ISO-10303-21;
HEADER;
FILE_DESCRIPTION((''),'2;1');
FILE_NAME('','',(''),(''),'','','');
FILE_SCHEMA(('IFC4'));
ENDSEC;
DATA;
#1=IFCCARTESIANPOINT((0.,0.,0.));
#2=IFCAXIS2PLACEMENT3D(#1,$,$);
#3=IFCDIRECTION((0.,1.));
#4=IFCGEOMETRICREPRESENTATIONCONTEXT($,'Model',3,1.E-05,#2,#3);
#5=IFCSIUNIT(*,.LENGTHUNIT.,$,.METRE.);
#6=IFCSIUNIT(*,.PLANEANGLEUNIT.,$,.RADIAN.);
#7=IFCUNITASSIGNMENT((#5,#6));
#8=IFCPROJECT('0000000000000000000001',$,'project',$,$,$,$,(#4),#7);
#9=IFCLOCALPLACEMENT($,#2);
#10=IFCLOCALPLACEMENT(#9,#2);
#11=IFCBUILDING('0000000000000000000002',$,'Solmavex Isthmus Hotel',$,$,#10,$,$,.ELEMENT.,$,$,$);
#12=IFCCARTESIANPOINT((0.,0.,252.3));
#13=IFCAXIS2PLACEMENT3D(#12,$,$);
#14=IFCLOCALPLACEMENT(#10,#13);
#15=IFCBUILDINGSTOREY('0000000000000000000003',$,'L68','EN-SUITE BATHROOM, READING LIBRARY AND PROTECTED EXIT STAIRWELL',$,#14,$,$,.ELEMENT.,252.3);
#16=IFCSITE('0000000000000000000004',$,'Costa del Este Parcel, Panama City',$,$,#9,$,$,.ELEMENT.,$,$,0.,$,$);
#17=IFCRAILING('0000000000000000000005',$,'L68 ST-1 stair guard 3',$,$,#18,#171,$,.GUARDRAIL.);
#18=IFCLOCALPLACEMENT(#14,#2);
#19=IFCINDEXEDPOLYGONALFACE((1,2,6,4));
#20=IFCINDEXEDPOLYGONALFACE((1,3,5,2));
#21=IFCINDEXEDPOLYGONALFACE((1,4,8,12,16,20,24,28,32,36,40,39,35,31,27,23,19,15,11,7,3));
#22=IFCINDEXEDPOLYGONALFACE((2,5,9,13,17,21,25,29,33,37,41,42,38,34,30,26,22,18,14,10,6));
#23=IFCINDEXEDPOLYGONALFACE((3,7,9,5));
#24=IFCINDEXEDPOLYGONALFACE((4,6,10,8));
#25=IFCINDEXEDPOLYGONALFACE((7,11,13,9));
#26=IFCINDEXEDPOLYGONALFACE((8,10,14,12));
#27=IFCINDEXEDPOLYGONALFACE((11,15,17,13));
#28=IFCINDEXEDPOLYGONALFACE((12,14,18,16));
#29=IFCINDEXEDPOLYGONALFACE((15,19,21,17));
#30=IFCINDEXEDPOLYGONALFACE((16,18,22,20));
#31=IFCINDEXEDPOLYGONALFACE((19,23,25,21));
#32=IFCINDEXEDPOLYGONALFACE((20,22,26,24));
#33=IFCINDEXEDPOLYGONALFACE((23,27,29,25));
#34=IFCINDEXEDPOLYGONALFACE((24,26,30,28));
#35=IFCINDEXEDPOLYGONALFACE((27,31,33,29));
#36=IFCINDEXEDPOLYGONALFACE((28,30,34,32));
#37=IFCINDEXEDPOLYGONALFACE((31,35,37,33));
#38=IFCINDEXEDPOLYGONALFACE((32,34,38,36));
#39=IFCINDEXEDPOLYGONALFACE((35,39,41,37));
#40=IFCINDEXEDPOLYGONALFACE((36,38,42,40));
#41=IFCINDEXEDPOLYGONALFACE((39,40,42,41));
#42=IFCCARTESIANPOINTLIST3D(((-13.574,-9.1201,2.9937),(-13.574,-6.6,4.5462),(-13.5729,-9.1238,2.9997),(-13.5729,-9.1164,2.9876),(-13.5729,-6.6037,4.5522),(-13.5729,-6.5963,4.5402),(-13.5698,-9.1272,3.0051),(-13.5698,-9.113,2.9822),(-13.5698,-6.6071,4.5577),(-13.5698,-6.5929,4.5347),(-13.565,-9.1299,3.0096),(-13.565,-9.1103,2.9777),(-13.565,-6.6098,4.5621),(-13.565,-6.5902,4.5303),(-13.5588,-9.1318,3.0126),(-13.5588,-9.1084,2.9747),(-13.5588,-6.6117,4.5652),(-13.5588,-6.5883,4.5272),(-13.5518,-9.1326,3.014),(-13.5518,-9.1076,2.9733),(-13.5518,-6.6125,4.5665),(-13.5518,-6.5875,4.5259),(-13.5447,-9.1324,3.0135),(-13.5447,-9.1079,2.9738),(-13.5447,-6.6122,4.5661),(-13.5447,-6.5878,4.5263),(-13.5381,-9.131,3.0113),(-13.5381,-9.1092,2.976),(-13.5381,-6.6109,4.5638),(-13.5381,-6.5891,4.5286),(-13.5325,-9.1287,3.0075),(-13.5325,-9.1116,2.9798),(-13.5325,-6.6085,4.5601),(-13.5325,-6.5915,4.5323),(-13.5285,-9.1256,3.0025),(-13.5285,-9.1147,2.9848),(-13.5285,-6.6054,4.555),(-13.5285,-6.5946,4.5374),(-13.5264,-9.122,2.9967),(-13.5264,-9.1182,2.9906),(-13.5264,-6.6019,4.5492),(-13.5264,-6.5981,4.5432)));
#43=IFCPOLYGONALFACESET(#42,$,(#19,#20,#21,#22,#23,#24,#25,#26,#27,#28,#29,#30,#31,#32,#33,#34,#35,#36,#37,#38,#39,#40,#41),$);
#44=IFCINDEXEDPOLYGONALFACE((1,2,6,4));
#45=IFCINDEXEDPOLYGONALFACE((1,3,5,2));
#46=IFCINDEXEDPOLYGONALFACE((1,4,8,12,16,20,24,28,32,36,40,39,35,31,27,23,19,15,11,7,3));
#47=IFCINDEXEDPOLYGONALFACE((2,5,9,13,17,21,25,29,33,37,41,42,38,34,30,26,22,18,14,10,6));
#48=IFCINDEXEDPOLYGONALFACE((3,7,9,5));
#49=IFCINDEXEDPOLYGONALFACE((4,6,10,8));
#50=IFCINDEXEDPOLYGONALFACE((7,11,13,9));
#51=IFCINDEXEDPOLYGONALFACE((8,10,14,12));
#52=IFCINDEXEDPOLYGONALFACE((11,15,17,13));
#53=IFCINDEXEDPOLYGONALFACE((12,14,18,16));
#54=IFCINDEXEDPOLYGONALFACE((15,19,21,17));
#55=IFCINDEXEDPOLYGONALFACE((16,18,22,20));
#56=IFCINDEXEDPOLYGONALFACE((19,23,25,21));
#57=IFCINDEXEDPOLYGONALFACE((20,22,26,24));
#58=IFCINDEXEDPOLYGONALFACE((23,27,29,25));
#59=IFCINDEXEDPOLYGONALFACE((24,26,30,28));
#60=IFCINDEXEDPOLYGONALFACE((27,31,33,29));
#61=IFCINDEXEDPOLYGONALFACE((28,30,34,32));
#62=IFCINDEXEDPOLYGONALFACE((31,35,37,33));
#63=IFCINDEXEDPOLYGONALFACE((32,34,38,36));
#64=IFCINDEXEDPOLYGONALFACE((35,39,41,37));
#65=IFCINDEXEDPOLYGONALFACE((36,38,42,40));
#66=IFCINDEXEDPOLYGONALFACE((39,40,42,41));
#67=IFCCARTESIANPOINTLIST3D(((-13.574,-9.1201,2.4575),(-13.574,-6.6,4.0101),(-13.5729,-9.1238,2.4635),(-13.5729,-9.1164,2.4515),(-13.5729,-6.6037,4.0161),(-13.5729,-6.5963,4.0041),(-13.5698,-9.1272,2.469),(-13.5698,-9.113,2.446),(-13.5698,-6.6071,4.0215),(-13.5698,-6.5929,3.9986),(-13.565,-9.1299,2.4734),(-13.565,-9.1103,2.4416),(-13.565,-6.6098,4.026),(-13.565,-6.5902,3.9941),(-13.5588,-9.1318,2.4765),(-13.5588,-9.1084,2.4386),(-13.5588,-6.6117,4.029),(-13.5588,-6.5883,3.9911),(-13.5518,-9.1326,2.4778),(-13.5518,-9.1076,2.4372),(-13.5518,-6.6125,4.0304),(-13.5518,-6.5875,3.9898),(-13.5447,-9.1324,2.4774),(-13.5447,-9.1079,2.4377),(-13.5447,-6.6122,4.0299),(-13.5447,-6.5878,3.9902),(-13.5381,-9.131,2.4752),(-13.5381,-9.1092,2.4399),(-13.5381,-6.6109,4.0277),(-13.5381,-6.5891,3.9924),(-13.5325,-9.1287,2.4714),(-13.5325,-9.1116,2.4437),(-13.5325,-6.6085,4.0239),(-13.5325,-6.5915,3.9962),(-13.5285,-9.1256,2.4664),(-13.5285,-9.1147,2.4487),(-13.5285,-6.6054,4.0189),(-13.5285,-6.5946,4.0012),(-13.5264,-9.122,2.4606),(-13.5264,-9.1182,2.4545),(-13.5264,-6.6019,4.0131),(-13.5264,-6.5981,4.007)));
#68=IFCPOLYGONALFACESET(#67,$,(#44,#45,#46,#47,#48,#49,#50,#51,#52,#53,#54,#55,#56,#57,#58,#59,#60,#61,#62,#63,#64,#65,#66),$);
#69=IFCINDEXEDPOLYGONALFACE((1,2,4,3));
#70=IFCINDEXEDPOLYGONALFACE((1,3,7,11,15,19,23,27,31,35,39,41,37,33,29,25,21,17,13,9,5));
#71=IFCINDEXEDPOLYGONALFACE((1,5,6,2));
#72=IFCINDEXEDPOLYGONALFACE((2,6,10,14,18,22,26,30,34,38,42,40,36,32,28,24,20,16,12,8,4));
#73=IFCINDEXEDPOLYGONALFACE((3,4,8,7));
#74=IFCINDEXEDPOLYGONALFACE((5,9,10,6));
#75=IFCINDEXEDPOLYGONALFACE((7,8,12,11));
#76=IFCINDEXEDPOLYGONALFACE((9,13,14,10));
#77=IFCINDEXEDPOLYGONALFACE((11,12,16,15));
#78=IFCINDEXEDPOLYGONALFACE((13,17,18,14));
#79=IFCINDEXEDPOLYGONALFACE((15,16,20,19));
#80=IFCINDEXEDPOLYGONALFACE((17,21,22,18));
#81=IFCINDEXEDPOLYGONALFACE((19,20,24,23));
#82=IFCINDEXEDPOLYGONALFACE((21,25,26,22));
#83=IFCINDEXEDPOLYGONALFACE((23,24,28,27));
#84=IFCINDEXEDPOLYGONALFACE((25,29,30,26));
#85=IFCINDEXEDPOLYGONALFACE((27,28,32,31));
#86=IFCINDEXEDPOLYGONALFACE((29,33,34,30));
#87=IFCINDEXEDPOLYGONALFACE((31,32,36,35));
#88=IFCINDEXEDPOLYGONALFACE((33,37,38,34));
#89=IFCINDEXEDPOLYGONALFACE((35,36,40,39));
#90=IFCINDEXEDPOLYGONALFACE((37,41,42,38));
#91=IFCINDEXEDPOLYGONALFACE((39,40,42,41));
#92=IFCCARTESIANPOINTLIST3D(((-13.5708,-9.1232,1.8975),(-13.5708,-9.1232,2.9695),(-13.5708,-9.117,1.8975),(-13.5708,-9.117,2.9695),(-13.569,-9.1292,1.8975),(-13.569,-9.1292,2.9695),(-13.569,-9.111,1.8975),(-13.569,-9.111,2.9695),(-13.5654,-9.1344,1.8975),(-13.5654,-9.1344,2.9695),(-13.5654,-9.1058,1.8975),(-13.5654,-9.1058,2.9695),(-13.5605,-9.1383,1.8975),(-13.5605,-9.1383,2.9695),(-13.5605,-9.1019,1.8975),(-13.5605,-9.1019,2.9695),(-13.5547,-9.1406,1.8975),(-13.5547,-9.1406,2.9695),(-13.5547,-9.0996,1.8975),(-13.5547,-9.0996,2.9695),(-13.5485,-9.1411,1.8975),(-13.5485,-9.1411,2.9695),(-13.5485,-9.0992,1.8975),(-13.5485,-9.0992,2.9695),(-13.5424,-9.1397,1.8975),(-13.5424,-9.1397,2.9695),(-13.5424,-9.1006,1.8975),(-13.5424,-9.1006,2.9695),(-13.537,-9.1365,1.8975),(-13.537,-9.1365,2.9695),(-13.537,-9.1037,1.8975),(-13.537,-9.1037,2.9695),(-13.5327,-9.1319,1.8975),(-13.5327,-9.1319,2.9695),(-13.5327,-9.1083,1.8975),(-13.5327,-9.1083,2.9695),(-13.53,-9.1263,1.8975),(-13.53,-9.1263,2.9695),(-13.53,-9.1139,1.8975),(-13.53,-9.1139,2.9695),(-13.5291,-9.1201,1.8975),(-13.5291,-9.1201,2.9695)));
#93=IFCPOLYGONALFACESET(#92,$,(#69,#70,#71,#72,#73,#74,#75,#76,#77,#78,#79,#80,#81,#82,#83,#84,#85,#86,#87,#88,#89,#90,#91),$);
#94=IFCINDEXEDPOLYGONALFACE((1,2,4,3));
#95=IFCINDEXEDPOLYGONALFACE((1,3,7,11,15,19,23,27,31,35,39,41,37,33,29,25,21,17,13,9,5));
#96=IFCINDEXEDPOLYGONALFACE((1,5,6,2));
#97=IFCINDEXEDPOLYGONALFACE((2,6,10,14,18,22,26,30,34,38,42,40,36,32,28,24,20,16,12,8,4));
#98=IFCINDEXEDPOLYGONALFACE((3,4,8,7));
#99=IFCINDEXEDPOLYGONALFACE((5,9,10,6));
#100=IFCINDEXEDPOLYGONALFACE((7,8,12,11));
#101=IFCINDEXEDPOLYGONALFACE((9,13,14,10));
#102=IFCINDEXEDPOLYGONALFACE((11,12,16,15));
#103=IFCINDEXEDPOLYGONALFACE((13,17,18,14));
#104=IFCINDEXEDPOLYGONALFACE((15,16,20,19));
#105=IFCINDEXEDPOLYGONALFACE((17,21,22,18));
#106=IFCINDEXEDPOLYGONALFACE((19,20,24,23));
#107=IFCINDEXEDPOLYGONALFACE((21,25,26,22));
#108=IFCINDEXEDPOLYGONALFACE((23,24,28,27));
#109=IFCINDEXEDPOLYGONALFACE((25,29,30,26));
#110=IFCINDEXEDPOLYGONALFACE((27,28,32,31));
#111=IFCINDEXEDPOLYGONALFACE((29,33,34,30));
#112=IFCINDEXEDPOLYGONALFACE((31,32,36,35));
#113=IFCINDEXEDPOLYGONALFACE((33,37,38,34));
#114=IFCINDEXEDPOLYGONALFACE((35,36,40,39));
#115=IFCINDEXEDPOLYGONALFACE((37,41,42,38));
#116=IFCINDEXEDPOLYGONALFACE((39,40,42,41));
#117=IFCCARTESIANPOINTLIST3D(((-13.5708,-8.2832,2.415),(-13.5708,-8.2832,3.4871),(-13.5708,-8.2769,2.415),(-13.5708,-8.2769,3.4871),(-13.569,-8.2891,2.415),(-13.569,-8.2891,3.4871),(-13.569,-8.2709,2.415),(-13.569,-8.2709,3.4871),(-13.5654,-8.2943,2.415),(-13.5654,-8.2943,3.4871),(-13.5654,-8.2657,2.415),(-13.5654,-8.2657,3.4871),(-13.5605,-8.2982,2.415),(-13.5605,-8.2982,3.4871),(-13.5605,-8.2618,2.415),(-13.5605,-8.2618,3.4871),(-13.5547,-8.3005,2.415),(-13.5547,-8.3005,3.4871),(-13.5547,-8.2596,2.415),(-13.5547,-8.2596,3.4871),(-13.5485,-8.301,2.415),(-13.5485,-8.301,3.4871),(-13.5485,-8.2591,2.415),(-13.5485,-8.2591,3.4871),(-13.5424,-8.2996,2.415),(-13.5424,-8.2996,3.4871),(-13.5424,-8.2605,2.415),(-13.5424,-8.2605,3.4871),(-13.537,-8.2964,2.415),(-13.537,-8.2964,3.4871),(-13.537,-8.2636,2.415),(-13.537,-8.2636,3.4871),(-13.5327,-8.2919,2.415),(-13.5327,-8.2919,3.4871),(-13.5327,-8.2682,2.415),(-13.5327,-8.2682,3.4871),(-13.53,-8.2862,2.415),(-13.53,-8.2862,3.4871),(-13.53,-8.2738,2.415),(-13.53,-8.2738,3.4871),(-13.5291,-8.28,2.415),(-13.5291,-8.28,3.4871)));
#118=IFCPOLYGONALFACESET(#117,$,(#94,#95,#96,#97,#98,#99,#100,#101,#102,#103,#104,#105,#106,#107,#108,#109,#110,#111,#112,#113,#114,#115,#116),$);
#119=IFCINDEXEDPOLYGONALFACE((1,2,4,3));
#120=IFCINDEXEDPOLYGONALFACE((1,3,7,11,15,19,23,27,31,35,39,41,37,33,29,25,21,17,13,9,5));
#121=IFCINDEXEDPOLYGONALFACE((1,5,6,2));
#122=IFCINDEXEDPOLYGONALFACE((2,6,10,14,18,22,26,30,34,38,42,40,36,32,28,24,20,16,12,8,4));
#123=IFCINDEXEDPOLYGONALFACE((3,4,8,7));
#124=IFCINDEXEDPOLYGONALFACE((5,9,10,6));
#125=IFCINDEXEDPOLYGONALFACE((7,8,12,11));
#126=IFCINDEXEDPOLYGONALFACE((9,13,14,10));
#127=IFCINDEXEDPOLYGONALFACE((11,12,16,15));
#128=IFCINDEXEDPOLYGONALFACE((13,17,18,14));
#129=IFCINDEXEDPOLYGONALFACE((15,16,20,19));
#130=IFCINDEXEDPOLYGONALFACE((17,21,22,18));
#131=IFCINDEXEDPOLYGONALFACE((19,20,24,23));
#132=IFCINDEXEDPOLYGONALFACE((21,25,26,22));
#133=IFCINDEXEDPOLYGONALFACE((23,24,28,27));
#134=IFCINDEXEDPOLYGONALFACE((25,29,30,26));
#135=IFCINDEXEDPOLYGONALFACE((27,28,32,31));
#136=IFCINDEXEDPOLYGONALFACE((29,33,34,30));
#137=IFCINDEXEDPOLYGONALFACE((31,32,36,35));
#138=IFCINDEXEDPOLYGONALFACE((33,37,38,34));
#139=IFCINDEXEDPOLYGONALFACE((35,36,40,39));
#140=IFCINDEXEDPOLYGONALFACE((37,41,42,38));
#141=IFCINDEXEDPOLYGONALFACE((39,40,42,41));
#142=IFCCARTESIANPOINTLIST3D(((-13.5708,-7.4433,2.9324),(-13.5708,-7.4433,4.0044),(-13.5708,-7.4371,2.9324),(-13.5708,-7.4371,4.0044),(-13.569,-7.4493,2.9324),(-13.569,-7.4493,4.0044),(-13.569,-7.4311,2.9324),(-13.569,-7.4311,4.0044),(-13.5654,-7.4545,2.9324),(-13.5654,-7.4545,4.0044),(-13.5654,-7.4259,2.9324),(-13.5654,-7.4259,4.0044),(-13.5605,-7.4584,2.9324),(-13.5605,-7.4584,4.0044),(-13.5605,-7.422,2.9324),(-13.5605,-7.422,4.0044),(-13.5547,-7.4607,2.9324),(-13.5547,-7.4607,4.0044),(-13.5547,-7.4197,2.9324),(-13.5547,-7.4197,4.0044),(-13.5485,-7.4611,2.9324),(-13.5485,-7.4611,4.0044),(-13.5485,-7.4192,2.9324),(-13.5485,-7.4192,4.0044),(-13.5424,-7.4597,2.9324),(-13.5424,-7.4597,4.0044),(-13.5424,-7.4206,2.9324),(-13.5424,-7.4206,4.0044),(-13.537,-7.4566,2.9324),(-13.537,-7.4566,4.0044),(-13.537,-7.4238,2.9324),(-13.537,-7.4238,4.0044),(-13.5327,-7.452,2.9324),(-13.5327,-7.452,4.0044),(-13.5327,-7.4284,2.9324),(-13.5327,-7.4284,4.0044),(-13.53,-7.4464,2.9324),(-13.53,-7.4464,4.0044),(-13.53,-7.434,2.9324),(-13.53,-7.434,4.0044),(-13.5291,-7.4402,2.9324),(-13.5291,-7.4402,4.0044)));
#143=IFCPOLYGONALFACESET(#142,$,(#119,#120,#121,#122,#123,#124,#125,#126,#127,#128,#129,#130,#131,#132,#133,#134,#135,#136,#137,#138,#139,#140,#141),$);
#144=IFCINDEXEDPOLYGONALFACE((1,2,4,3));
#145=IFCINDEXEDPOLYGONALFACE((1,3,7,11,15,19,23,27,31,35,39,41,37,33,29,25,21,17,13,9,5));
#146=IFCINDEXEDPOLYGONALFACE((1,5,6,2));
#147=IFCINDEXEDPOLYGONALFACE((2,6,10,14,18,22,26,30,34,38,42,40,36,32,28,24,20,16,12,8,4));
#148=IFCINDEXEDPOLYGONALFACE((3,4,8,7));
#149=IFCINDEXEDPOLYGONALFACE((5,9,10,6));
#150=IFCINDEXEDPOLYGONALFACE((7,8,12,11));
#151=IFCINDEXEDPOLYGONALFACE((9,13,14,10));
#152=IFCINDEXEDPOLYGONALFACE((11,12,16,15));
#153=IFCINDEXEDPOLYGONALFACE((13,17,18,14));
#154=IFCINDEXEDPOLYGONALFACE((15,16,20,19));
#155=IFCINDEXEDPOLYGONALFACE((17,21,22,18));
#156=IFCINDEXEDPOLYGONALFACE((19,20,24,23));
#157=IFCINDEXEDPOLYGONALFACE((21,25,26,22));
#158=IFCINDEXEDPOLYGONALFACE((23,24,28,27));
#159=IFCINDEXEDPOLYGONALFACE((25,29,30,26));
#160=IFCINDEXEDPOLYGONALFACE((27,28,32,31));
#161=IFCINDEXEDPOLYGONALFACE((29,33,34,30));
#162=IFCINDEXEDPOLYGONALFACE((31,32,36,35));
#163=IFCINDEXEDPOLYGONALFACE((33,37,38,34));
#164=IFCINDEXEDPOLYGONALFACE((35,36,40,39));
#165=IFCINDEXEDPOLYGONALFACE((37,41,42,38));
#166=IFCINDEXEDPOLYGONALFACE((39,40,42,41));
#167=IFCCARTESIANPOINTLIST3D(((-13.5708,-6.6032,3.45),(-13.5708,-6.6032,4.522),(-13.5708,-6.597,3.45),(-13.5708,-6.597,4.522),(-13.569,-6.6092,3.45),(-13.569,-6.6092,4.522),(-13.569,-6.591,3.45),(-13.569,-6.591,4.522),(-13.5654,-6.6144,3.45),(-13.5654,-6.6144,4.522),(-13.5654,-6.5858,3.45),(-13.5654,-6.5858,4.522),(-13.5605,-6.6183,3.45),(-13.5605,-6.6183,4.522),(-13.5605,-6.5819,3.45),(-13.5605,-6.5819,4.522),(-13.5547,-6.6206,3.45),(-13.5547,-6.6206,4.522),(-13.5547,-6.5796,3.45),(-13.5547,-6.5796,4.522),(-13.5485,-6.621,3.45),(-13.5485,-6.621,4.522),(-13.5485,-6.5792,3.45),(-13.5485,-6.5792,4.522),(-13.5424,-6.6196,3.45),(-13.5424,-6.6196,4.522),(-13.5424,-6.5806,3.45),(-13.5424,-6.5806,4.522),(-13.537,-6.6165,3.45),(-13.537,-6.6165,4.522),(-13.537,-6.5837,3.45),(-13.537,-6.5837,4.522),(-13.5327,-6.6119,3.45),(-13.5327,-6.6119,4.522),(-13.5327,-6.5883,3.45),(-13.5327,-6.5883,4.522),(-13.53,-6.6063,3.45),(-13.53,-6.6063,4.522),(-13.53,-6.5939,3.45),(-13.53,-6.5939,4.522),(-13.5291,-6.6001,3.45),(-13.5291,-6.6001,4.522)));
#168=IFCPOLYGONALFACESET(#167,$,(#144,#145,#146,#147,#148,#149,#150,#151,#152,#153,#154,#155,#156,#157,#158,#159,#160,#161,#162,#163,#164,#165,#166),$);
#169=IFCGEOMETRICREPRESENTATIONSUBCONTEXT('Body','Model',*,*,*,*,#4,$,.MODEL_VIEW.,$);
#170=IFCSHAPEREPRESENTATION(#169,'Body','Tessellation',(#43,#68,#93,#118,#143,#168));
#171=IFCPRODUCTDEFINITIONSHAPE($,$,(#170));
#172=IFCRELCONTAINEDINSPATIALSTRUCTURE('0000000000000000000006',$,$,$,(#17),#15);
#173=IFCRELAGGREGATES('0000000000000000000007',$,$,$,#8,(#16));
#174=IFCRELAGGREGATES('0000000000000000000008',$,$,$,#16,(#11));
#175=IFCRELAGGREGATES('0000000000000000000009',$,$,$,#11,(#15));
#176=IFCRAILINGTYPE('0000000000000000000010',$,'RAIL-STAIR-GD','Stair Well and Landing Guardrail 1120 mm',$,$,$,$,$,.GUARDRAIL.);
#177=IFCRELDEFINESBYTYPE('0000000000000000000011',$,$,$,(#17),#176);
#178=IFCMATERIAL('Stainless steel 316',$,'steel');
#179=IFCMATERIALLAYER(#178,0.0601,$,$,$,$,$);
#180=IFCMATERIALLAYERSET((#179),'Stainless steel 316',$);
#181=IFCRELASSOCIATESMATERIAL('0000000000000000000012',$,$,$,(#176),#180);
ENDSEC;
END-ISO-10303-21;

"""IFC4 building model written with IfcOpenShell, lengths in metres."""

from ifc_helpers import new_model, si_unit, direction, frame, origin, origin_2d, place, context, subcontext, project, spatial, circle, extrude, material, layer, layer_set, type_object, element, save


model = new_model("IFC4")

# Units and contexts
model_context = context("Model", 3, precision=1e-05, world=origin(), true_north=direction((0.0, 1.0)))
body_context = subcontext(model_context, "Body", "Model", "MODEL_VIEW")
ifc_project = project(units=[si_unit("LENGTHUNIT", "METRE"), si_unit("PLANEANGLEUNIT", "RADIAN")], contexts=[model_context])

# Site, building, storey
site_placement = place(None, origin())
site = spatial("IfcSite", under=ifc_project, at=site_placement, Name="Costa del Este Parcel, Panama City", CompositionType="ELEMENT", RefElevation=0.0)
building_placement = place(site_placement, origin())
building = spatial("IfcBuilding", under=site, at=building_placement, Name="Solmavex Isthmus Hotel", CompositionType="ELEMENT")
storey_placement = place(building_placement, frame((0.0, 0.0, 252.3)))
storey = spatial("IfcBuildingStorey", under=building, at=storey_placement, Name="L68", Description="EN-SUITE BATHROOM, READING LIBRARY AND PROTECTED EXIT STAIRWELL", CompositionType="ELEMENT", Elevation=252.3)

# Railing
ifc_material_1 = material(Name="Stainless steel 316", Category="steel")
ifc_layer_1 = layer(ifc_material_1, 0.0601)
ifc_layer_set_1 = layer_set([ifc_layer_1], Name="Stainless steel 316")
railing_type_1 = type_object("IfcRailingType", Name="RAIL-STAIR-GD", Description="Stair Well and Landing Guardrail 1120 mm", PredefinedType="GUARDRAIL", material=ifc_layer_set_1)
railing_1_placement = place(storey_placement, frame((-13.55, -9.1201, 1.8975)))
element("IfcRailing", 1, at=railing_1_placement, inside=storey, type_object=railing_type_1, Name="L68 ST-1 stair guard 3", PredefinedType="GUARDRAIL", context=body_context, shape_type="SweptSolid", body=[
    extrude(circle(Radius=0.0239, at=origin_2d()), frame((0.0, 0.0, 1.0962), z_axis=(0.0, 0.8514, 0.524516), x_axis=(-1.0, 0.0, 0.0)), (0.0, 0.0, 1.0), 2.96),
    extrude(circle(Radius=0.0239, at=origin_2d()), frame((0.0, 0.0, 0.5601), z_axis=(0.0, 0.8514, 0.524516), x_axis=(-1.0, 0.0, 0.0)), (0.0, 0.0, 1.0), 2.96),
    extrude(circle(Radius=0.021, at=origin_2d()), origin(), (0.0, 0.0, 1.0), 1.072),
    extrude(circle(Radius=0.021, at=origin_2d()), frame((0.0, 0.8401, 0.5176)), (0.0, 0.0, 1.0), 1.072),
    extrude(circle(Radius=0.021, at=origin_2d()), frame((0.0, 1.6799, 1.0349)), (0.0, 0.0, 1.0), 1.072),
    extrude(circle(Radius=0.021, at=origin_2d()), frame((0.0, 2.52, 1.5525)), (0.0, 0.0, 1.0), 1.072),
])

save(model, "model.ifc")
